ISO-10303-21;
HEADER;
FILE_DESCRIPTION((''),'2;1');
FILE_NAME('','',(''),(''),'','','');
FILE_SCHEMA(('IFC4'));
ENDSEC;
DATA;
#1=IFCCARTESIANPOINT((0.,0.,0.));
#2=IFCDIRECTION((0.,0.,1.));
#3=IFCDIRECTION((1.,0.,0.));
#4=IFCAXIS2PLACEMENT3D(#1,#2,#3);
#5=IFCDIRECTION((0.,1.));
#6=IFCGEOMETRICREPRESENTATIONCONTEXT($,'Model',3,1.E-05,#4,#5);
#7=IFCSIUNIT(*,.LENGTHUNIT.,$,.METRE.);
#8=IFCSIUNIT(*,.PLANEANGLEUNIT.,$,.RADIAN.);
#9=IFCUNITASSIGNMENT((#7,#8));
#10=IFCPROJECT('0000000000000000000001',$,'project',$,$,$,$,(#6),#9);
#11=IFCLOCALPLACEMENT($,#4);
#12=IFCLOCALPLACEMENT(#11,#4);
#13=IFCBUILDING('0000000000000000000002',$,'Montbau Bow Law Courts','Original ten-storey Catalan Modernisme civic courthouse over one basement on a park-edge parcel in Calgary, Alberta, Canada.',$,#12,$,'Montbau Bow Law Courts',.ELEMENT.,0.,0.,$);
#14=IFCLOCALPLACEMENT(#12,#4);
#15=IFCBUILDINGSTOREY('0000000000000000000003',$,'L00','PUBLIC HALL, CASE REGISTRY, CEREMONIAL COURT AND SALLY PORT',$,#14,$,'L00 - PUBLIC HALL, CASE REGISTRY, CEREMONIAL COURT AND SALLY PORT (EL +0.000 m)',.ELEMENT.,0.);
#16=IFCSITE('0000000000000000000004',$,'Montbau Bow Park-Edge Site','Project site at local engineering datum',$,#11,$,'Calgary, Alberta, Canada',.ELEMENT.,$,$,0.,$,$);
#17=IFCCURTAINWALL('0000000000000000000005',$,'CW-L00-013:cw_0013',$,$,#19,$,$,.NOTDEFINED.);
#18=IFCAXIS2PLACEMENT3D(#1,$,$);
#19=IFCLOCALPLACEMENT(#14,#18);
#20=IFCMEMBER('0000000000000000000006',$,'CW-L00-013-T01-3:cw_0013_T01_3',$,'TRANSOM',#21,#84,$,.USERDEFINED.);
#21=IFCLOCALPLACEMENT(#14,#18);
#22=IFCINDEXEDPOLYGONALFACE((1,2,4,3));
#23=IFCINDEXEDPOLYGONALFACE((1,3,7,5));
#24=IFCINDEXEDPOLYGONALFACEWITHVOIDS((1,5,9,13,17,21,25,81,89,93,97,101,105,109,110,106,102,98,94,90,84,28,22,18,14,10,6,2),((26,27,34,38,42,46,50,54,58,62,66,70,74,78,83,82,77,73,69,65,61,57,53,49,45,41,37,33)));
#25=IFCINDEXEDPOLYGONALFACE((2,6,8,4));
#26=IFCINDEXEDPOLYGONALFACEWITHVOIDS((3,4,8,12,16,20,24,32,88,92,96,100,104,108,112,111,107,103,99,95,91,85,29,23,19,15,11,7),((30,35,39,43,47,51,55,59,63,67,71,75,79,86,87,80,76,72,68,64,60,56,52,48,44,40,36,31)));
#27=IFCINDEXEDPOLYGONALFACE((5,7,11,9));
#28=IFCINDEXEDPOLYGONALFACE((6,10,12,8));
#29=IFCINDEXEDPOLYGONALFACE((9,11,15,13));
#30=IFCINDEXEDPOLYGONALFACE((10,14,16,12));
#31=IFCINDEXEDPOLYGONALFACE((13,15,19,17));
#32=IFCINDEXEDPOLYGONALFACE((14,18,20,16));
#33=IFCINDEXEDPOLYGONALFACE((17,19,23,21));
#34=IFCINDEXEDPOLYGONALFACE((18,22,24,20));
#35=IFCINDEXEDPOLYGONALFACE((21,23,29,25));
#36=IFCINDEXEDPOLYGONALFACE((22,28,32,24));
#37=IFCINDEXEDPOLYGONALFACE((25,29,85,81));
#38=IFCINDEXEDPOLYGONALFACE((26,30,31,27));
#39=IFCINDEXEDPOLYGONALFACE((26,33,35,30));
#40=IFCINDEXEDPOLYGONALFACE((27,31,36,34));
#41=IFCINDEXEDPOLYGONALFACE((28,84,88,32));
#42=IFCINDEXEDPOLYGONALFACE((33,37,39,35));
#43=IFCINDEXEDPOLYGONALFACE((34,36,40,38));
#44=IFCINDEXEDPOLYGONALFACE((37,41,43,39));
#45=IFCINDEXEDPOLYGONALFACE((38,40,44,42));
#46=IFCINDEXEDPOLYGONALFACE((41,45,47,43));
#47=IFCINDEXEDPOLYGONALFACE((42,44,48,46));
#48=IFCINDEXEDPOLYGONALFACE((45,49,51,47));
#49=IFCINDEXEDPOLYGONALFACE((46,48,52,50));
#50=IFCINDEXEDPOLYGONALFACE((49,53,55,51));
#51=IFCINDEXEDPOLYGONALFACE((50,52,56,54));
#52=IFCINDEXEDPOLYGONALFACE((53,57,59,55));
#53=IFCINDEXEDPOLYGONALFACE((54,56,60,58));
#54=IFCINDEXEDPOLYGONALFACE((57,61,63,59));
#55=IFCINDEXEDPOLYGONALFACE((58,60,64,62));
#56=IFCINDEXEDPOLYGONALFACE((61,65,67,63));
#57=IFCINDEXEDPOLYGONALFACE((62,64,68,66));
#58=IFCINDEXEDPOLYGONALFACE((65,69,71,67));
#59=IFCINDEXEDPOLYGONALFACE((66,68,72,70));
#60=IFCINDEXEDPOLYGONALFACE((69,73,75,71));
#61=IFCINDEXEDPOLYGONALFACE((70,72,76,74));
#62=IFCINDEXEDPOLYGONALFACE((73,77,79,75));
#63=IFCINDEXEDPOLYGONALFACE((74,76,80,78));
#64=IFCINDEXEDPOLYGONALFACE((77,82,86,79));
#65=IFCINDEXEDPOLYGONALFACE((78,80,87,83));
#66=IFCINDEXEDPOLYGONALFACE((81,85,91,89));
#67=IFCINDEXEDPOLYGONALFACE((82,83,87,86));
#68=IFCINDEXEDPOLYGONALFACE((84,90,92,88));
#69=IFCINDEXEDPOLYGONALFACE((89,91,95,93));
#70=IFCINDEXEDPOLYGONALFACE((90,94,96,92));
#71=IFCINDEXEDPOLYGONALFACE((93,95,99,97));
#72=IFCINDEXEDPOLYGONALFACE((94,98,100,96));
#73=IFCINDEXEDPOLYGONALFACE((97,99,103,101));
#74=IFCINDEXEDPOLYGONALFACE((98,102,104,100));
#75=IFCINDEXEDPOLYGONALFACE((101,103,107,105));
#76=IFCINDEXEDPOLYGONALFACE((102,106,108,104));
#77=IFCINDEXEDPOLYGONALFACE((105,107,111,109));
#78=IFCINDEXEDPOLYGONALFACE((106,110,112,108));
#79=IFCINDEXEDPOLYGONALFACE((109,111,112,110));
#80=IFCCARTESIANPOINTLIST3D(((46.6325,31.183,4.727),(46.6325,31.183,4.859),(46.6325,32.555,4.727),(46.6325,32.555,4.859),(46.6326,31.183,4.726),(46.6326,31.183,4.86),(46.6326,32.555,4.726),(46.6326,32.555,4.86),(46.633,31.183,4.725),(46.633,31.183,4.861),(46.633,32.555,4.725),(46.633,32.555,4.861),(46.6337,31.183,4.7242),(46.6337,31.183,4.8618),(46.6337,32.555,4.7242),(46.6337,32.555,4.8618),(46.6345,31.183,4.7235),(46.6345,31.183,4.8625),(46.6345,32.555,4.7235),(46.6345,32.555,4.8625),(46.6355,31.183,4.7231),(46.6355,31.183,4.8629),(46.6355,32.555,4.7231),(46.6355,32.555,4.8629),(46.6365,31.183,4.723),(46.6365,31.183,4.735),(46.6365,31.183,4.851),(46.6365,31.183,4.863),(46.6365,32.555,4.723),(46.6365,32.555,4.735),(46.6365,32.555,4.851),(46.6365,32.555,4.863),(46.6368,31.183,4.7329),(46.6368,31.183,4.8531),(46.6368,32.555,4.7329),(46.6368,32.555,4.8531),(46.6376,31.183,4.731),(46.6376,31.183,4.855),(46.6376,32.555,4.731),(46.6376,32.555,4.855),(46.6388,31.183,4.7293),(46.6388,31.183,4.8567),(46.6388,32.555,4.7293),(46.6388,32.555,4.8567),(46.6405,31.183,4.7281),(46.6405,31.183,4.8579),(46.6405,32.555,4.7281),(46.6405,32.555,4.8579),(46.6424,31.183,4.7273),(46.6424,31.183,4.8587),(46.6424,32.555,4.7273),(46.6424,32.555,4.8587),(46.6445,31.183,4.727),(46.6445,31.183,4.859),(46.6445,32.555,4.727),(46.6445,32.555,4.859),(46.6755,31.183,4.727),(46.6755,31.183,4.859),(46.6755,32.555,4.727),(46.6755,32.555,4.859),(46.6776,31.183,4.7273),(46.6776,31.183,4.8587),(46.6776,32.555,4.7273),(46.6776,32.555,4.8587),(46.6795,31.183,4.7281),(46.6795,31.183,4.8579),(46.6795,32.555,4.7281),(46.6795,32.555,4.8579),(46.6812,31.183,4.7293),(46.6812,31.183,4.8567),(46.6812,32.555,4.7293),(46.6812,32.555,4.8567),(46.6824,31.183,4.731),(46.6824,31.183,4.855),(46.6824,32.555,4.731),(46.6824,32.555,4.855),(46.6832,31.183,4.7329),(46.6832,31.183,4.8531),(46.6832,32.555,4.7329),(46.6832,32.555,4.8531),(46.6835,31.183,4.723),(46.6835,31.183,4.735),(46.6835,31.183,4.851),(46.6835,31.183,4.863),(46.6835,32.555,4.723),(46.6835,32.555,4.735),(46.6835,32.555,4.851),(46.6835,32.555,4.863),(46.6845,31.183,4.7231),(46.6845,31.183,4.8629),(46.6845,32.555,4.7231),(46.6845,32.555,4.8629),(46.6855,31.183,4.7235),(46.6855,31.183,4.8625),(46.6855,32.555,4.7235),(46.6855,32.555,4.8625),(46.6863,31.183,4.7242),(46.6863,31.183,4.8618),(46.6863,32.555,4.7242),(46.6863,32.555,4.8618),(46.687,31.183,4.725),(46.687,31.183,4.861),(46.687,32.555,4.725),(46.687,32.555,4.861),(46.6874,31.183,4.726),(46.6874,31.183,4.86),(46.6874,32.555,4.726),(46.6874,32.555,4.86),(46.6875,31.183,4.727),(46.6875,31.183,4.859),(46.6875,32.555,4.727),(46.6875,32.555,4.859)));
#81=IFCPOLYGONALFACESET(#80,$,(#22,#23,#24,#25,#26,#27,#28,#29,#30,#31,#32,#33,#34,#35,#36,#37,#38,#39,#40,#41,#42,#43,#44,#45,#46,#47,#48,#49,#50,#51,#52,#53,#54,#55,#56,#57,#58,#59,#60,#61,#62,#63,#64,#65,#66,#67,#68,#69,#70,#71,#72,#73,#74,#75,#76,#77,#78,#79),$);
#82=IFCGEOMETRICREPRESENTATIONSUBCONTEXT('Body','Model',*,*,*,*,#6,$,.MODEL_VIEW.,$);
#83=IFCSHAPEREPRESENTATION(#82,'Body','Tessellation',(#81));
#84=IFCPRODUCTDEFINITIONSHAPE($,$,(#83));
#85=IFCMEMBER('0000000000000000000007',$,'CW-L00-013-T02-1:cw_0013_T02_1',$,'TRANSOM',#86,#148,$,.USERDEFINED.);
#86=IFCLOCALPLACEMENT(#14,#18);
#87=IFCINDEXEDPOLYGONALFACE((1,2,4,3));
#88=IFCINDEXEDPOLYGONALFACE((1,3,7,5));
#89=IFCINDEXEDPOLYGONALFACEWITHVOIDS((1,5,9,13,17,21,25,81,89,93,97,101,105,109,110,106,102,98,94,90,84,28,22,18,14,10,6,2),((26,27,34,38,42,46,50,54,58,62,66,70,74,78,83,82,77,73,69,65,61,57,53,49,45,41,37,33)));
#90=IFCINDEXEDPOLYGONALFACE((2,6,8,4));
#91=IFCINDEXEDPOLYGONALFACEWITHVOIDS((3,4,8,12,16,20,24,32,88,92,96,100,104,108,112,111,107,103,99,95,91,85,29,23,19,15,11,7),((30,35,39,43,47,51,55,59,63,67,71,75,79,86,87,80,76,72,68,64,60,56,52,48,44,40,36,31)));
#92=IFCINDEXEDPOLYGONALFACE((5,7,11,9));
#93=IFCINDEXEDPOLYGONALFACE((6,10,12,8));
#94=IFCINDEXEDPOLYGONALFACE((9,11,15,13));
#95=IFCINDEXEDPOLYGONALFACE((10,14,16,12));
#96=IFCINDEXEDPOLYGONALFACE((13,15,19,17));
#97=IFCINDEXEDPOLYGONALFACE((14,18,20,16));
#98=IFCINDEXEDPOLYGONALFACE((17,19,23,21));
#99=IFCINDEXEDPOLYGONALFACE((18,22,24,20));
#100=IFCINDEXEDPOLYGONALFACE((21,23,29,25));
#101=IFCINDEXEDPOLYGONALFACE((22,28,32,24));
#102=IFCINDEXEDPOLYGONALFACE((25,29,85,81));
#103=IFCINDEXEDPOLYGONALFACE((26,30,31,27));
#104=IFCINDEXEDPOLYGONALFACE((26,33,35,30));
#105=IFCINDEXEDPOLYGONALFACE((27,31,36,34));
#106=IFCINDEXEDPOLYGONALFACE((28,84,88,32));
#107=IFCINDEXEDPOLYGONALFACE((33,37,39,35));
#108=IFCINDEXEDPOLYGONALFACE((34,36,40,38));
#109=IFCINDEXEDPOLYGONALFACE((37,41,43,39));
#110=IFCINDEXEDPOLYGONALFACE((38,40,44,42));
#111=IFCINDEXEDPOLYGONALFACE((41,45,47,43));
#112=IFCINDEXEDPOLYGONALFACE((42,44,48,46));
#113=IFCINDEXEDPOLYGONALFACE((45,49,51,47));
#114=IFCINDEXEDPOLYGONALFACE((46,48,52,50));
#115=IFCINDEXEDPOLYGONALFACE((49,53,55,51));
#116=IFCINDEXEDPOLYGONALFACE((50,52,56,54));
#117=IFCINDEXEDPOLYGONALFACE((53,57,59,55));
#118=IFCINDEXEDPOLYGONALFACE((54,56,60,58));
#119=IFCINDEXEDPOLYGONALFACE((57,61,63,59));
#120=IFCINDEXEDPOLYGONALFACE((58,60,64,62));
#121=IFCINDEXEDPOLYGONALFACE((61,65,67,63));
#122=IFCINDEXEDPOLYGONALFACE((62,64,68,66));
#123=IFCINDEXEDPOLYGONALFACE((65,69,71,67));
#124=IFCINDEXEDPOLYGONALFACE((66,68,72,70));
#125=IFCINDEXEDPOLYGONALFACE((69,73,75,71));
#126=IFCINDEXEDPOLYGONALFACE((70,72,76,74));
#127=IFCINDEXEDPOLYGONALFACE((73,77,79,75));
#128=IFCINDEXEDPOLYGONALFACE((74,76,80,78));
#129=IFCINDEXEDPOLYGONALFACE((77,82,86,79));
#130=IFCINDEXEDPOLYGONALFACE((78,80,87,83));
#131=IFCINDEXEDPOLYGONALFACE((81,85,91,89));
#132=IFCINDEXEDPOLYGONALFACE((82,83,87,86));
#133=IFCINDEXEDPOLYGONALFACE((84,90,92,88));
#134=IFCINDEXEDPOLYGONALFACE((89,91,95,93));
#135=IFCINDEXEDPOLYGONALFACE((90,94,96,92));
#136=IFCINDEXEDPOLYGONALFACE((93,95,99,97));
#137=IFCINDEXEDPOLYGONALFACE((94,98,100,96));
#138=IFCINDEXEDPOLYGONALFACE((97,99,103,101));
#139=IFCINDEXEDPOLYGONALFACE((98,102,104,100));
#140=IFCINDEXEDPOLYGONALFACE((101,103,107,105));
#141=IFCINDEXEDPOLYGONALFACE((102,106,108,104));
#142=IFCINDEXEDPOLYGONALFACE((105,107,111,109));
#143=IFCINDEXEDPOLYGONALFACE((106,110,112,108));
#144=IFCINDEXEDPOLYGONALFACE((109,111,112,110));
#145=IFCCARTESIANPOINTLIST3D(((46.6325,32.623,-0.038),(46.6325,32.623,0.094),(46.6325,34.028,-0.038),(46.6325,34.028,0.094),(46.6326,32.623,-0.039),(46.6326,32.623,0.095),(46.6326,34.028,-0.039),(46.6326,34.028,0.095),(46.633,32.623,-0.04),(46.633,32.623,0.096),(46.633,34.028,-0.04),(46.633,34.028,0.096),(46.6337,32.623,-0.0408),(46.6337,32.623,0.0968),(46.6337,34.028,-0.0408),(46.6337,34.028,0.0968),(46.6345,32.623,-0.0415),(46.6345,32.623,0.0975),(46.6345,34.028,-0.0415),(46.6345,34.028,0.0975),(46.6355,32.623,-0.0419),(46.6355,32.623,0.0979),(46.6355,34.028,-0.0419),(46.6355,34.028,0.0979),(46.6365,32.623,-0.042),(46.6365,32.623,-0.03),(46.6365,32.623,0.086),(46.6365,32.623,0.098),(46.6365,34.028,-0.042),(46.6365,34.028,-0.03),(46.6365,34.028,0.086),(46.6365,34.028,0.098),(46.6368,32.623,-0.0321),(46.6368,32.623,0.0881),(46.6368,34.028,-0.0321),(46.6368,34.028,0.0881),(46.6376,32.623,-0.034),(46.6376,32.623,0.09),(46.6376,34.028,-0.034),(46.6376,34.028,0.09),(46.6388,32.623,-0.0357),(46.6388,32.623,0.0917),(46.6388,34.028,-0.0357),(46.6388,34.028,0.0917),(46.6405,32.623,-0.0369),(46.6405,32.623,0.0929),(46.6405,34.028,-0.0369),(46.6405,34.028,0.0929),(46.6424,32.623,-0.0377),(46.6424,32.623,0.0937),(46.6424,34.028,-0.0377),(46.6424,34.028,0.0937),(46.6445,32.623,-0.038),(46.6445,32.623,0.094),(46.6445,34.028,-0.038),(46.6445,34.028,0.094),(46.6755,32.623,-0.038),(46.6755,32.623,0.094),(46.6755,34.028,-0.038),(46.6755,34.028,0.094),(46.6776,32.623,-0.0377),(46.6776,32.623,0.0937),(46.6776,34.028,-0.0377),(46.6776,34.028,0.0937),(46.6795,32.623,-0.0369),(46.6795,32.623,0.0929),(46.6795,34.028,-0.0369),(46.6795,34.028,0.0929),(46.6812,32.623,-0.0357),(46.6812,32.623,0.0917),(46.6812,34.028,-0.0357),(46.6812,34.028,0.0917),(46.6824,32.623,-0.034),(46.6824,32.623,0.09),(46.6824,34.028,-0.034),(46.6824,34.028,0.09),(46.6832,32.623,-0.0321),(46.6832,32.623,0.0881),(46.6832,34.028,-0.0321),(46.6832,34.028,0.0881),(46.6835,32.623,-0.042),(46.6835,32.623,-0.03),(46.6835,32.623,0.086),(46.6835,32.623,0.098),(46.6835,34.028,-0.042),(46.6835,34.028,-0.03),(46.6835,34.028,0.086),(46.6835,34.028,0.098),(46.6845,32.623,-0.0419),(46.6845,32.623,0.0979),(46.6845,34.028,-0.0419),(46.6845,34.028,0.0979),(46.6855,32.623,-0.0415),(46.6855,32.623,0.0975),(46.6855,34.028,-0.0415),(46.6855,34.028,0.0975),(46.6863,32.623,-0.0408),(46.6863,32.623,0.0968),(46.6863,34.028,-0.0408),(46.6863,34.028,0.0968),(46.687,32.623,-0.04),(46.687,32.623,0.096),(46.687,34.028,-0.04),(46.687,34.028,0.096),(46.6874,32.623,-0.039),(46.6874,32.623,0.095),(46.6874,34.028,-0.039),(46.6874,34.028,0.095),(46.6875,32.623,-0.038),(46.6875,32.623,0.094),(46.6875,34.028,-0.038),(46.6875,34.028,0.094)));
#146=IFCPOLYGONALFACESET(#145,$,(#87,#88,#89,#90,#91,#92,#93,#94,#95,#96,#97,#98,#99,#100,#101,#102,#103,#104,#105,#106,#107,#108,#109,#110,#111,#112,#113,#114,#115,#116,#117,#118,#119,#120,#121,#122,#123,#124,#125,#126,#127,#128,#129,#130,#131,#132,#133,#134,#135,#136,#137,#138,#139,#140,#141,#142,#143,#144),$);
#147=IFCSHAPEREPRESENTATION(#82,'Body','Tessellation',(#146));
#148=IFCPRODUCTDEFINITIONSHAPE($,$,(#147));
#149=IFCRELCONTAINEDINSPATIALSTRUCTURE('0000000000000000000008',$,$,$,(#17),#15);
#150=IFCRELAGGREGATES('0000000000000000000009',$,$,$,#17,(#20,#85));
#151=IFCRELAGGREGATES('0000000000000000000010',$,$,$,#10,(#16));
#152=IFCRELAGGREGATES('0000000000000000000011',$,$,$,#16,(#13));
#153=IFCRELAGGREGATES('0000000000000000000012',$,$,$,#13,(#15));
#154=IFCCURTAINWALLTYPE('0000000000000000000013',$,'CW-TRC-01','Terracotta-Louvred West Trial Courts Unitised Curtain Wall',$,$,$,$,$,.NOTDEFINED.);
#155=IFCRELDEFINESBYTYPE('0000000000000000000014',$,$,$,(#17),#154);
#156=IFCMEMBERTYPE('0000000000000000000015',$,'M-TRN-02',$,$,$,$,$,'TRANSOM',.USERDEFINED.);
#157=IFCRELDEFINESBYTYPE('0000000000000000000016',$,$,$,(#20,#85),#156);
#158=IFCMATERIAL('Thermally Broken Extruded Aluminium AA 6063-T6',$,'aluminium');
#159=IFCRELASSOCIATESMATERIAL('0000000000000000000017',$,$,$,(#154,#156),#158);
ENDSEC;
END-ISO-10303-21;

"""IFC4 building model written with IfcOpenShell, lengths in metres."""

from ifc_helpers import new_model, si_unit, direction, frame, origin_with_axes, origin_2d_with_axis, place, context, subcontext, project, spatial, hollow_rectangle, extrude, material, material_profile, profile_set, type_object, element, aggregate, save


model = new_model("IFC4")

# Units and contexts
model_context = context("Model", 3, precision=1e-05, world=origin_with_axes(), true_north=direction((0.0, 1.0)))
body_context = subcontext(model_context, "Body", "Model", "MODEL_VIEW")
ifc_project = project(units=[si_unit("LENGTHUNIT", "METRE"), si_unit("PLANEANGLEUNIT", "RADIAN")], contexts=[model_context])

# Site, building, storey
site_placement = place(None, origin_with_axes())
site = spatial("IfcSite", under=ifc_project, at=site_placement, Name="Montbau Bow Park-Edge Site", Description="Project site at local engineering datum", LongName="Calgary, Alberta, Canada", CompositionType="ELEMENT", RefElevation=0.0)
building_placement = place(site_placement, origin_with_axes())
building = spatial("IfcBuilding", under=site, at=building_placement, Name="Montbau Bow Law Courts", Description="Original ten-storey Catalan Modernisme civic courthouse over one basement on a park-edge parcel in Calgary, Alberta, Canada.", LongName="Montbau Bow Law Courts", CompositionType="ELEMENT", ElevationOfRefHeight=0.0, ElevationOfTerrain=0.0)
storey_placement = place(building_placement, origin_with_axes())
storey = spatial("IfcBuildingStorey", under=building, at=storey_placement, Name="L00", Description="PUBLIC HALL, CASE REGISTRY, CEREMONIAL COURT AND SALLY PORT", LongName="L00 - PUBLIC HALL, CASE REGISTRY, CEREMONIAL COURT AND SALLY PORT (EL +0.000 m)", CompositionType="ELEMENT", Elevation=0.0)

# Curtain wall
ifc_material_1 = material(Name="Thermally Broken Extruded Aluminium AA 6063-T6", Category="aluminium")
curtain_wall_type = type_object("IfcCurtainWallType", Name="CW-TRC-01", Description="Terracotta-Louvred West Trial Courts Unitised Curtain Wall", PredefinedType="NOTDEFINED", material=ifc_material_1)
curtain_wall_1_placement = place(None, frame((46.66, 31.115, 0.0), z_axis=(0.0, 0.0, 1.0), x_axis=(1.0, 0.0, 0.0)))
curtain_wall_1 = element("IfcCurtainWall", 1, at=curtain_wall_1_placement, inside=storey, type_object=curtain_wall_type, Name="CW-L00-013:cw_0013", PredefinedType="NOTDEFINED")
ifc_material_profile_1 = material_profile(ifc_material_1, hollow_rectangle(XDim=0.055, YDim=0.14, WallThickness=0.004, InnerFilletRadius=0.008, OuterFilletRadius=0.004, at=origin_2d_with_axis()), Name="CWT-140X55", Category="Main", Priority=0)
ifc_profile_set_1 = profile_set([ifc_material_profile_1], Name="Thermally Broken Extruded Aluminium AA 6063-T6")
member_type_1 = type_object("IfcMemberType", Name="M-TRN-02", ElementType="TRANSOM", PredefinedType="USERDEFINED", material=ifc_profile_set_1)

# Members
member_1_placement = place(None, frame((46.66, 31.183, 4.793), z_axis=(0.0, 1.0, 0.0), x_axis=(-1.0, 0.0, 0.0)))
member_1 = element("IfcMember", 2, at=member_1_placement, type_object=member_type_1, Name="CW-L00-013-T01-3:cw_0013_T01_3", ObjectType="TRANSOM", PredefinedType="USERDEFINED", context=body_context, shape_type="SweptSolid", body=[
    extrude(hollow_rectangle(XDim=0.055, YDim=0.14, WallThickness=0.004, InnerFilletRadius=0.008, OuterFilletRadius=0.004, at=origin_2d_with_axis()), origin_with_axes(), (0.0, 0.0, 1.0), 1.372),
])
member_2_placement = place(None, frame((46.66, 32.623, 0.028), z_axis=(0.0, 1.0, 0.0), x_axis=(-1.0, 0.0, 0.0)))
member_2 = element("IfcMember", 3, at=member_2_placement, type_object=member_type_1, Name="CW-L00-013-T02-1:cw_0013_T02_1", ObjectType="TRANSOM", PredefinedType="USERDEFINED", context=body_context, shape_type="SweptSolid", body=[
    extrude(hollow_rectangle(XDim=0.055, YDim=0.14, WallThickness=0.004, InnerFilletRadius=0.008, OuterFilletRadius=0.004, at=origin_2d_with_axis()), origin_with_axes(), (0.0, 0.0, 1.0), 1.405),
])

aggregate(curtain_wall_1, [member_1, member_2])

save(model, "model.ifc")
